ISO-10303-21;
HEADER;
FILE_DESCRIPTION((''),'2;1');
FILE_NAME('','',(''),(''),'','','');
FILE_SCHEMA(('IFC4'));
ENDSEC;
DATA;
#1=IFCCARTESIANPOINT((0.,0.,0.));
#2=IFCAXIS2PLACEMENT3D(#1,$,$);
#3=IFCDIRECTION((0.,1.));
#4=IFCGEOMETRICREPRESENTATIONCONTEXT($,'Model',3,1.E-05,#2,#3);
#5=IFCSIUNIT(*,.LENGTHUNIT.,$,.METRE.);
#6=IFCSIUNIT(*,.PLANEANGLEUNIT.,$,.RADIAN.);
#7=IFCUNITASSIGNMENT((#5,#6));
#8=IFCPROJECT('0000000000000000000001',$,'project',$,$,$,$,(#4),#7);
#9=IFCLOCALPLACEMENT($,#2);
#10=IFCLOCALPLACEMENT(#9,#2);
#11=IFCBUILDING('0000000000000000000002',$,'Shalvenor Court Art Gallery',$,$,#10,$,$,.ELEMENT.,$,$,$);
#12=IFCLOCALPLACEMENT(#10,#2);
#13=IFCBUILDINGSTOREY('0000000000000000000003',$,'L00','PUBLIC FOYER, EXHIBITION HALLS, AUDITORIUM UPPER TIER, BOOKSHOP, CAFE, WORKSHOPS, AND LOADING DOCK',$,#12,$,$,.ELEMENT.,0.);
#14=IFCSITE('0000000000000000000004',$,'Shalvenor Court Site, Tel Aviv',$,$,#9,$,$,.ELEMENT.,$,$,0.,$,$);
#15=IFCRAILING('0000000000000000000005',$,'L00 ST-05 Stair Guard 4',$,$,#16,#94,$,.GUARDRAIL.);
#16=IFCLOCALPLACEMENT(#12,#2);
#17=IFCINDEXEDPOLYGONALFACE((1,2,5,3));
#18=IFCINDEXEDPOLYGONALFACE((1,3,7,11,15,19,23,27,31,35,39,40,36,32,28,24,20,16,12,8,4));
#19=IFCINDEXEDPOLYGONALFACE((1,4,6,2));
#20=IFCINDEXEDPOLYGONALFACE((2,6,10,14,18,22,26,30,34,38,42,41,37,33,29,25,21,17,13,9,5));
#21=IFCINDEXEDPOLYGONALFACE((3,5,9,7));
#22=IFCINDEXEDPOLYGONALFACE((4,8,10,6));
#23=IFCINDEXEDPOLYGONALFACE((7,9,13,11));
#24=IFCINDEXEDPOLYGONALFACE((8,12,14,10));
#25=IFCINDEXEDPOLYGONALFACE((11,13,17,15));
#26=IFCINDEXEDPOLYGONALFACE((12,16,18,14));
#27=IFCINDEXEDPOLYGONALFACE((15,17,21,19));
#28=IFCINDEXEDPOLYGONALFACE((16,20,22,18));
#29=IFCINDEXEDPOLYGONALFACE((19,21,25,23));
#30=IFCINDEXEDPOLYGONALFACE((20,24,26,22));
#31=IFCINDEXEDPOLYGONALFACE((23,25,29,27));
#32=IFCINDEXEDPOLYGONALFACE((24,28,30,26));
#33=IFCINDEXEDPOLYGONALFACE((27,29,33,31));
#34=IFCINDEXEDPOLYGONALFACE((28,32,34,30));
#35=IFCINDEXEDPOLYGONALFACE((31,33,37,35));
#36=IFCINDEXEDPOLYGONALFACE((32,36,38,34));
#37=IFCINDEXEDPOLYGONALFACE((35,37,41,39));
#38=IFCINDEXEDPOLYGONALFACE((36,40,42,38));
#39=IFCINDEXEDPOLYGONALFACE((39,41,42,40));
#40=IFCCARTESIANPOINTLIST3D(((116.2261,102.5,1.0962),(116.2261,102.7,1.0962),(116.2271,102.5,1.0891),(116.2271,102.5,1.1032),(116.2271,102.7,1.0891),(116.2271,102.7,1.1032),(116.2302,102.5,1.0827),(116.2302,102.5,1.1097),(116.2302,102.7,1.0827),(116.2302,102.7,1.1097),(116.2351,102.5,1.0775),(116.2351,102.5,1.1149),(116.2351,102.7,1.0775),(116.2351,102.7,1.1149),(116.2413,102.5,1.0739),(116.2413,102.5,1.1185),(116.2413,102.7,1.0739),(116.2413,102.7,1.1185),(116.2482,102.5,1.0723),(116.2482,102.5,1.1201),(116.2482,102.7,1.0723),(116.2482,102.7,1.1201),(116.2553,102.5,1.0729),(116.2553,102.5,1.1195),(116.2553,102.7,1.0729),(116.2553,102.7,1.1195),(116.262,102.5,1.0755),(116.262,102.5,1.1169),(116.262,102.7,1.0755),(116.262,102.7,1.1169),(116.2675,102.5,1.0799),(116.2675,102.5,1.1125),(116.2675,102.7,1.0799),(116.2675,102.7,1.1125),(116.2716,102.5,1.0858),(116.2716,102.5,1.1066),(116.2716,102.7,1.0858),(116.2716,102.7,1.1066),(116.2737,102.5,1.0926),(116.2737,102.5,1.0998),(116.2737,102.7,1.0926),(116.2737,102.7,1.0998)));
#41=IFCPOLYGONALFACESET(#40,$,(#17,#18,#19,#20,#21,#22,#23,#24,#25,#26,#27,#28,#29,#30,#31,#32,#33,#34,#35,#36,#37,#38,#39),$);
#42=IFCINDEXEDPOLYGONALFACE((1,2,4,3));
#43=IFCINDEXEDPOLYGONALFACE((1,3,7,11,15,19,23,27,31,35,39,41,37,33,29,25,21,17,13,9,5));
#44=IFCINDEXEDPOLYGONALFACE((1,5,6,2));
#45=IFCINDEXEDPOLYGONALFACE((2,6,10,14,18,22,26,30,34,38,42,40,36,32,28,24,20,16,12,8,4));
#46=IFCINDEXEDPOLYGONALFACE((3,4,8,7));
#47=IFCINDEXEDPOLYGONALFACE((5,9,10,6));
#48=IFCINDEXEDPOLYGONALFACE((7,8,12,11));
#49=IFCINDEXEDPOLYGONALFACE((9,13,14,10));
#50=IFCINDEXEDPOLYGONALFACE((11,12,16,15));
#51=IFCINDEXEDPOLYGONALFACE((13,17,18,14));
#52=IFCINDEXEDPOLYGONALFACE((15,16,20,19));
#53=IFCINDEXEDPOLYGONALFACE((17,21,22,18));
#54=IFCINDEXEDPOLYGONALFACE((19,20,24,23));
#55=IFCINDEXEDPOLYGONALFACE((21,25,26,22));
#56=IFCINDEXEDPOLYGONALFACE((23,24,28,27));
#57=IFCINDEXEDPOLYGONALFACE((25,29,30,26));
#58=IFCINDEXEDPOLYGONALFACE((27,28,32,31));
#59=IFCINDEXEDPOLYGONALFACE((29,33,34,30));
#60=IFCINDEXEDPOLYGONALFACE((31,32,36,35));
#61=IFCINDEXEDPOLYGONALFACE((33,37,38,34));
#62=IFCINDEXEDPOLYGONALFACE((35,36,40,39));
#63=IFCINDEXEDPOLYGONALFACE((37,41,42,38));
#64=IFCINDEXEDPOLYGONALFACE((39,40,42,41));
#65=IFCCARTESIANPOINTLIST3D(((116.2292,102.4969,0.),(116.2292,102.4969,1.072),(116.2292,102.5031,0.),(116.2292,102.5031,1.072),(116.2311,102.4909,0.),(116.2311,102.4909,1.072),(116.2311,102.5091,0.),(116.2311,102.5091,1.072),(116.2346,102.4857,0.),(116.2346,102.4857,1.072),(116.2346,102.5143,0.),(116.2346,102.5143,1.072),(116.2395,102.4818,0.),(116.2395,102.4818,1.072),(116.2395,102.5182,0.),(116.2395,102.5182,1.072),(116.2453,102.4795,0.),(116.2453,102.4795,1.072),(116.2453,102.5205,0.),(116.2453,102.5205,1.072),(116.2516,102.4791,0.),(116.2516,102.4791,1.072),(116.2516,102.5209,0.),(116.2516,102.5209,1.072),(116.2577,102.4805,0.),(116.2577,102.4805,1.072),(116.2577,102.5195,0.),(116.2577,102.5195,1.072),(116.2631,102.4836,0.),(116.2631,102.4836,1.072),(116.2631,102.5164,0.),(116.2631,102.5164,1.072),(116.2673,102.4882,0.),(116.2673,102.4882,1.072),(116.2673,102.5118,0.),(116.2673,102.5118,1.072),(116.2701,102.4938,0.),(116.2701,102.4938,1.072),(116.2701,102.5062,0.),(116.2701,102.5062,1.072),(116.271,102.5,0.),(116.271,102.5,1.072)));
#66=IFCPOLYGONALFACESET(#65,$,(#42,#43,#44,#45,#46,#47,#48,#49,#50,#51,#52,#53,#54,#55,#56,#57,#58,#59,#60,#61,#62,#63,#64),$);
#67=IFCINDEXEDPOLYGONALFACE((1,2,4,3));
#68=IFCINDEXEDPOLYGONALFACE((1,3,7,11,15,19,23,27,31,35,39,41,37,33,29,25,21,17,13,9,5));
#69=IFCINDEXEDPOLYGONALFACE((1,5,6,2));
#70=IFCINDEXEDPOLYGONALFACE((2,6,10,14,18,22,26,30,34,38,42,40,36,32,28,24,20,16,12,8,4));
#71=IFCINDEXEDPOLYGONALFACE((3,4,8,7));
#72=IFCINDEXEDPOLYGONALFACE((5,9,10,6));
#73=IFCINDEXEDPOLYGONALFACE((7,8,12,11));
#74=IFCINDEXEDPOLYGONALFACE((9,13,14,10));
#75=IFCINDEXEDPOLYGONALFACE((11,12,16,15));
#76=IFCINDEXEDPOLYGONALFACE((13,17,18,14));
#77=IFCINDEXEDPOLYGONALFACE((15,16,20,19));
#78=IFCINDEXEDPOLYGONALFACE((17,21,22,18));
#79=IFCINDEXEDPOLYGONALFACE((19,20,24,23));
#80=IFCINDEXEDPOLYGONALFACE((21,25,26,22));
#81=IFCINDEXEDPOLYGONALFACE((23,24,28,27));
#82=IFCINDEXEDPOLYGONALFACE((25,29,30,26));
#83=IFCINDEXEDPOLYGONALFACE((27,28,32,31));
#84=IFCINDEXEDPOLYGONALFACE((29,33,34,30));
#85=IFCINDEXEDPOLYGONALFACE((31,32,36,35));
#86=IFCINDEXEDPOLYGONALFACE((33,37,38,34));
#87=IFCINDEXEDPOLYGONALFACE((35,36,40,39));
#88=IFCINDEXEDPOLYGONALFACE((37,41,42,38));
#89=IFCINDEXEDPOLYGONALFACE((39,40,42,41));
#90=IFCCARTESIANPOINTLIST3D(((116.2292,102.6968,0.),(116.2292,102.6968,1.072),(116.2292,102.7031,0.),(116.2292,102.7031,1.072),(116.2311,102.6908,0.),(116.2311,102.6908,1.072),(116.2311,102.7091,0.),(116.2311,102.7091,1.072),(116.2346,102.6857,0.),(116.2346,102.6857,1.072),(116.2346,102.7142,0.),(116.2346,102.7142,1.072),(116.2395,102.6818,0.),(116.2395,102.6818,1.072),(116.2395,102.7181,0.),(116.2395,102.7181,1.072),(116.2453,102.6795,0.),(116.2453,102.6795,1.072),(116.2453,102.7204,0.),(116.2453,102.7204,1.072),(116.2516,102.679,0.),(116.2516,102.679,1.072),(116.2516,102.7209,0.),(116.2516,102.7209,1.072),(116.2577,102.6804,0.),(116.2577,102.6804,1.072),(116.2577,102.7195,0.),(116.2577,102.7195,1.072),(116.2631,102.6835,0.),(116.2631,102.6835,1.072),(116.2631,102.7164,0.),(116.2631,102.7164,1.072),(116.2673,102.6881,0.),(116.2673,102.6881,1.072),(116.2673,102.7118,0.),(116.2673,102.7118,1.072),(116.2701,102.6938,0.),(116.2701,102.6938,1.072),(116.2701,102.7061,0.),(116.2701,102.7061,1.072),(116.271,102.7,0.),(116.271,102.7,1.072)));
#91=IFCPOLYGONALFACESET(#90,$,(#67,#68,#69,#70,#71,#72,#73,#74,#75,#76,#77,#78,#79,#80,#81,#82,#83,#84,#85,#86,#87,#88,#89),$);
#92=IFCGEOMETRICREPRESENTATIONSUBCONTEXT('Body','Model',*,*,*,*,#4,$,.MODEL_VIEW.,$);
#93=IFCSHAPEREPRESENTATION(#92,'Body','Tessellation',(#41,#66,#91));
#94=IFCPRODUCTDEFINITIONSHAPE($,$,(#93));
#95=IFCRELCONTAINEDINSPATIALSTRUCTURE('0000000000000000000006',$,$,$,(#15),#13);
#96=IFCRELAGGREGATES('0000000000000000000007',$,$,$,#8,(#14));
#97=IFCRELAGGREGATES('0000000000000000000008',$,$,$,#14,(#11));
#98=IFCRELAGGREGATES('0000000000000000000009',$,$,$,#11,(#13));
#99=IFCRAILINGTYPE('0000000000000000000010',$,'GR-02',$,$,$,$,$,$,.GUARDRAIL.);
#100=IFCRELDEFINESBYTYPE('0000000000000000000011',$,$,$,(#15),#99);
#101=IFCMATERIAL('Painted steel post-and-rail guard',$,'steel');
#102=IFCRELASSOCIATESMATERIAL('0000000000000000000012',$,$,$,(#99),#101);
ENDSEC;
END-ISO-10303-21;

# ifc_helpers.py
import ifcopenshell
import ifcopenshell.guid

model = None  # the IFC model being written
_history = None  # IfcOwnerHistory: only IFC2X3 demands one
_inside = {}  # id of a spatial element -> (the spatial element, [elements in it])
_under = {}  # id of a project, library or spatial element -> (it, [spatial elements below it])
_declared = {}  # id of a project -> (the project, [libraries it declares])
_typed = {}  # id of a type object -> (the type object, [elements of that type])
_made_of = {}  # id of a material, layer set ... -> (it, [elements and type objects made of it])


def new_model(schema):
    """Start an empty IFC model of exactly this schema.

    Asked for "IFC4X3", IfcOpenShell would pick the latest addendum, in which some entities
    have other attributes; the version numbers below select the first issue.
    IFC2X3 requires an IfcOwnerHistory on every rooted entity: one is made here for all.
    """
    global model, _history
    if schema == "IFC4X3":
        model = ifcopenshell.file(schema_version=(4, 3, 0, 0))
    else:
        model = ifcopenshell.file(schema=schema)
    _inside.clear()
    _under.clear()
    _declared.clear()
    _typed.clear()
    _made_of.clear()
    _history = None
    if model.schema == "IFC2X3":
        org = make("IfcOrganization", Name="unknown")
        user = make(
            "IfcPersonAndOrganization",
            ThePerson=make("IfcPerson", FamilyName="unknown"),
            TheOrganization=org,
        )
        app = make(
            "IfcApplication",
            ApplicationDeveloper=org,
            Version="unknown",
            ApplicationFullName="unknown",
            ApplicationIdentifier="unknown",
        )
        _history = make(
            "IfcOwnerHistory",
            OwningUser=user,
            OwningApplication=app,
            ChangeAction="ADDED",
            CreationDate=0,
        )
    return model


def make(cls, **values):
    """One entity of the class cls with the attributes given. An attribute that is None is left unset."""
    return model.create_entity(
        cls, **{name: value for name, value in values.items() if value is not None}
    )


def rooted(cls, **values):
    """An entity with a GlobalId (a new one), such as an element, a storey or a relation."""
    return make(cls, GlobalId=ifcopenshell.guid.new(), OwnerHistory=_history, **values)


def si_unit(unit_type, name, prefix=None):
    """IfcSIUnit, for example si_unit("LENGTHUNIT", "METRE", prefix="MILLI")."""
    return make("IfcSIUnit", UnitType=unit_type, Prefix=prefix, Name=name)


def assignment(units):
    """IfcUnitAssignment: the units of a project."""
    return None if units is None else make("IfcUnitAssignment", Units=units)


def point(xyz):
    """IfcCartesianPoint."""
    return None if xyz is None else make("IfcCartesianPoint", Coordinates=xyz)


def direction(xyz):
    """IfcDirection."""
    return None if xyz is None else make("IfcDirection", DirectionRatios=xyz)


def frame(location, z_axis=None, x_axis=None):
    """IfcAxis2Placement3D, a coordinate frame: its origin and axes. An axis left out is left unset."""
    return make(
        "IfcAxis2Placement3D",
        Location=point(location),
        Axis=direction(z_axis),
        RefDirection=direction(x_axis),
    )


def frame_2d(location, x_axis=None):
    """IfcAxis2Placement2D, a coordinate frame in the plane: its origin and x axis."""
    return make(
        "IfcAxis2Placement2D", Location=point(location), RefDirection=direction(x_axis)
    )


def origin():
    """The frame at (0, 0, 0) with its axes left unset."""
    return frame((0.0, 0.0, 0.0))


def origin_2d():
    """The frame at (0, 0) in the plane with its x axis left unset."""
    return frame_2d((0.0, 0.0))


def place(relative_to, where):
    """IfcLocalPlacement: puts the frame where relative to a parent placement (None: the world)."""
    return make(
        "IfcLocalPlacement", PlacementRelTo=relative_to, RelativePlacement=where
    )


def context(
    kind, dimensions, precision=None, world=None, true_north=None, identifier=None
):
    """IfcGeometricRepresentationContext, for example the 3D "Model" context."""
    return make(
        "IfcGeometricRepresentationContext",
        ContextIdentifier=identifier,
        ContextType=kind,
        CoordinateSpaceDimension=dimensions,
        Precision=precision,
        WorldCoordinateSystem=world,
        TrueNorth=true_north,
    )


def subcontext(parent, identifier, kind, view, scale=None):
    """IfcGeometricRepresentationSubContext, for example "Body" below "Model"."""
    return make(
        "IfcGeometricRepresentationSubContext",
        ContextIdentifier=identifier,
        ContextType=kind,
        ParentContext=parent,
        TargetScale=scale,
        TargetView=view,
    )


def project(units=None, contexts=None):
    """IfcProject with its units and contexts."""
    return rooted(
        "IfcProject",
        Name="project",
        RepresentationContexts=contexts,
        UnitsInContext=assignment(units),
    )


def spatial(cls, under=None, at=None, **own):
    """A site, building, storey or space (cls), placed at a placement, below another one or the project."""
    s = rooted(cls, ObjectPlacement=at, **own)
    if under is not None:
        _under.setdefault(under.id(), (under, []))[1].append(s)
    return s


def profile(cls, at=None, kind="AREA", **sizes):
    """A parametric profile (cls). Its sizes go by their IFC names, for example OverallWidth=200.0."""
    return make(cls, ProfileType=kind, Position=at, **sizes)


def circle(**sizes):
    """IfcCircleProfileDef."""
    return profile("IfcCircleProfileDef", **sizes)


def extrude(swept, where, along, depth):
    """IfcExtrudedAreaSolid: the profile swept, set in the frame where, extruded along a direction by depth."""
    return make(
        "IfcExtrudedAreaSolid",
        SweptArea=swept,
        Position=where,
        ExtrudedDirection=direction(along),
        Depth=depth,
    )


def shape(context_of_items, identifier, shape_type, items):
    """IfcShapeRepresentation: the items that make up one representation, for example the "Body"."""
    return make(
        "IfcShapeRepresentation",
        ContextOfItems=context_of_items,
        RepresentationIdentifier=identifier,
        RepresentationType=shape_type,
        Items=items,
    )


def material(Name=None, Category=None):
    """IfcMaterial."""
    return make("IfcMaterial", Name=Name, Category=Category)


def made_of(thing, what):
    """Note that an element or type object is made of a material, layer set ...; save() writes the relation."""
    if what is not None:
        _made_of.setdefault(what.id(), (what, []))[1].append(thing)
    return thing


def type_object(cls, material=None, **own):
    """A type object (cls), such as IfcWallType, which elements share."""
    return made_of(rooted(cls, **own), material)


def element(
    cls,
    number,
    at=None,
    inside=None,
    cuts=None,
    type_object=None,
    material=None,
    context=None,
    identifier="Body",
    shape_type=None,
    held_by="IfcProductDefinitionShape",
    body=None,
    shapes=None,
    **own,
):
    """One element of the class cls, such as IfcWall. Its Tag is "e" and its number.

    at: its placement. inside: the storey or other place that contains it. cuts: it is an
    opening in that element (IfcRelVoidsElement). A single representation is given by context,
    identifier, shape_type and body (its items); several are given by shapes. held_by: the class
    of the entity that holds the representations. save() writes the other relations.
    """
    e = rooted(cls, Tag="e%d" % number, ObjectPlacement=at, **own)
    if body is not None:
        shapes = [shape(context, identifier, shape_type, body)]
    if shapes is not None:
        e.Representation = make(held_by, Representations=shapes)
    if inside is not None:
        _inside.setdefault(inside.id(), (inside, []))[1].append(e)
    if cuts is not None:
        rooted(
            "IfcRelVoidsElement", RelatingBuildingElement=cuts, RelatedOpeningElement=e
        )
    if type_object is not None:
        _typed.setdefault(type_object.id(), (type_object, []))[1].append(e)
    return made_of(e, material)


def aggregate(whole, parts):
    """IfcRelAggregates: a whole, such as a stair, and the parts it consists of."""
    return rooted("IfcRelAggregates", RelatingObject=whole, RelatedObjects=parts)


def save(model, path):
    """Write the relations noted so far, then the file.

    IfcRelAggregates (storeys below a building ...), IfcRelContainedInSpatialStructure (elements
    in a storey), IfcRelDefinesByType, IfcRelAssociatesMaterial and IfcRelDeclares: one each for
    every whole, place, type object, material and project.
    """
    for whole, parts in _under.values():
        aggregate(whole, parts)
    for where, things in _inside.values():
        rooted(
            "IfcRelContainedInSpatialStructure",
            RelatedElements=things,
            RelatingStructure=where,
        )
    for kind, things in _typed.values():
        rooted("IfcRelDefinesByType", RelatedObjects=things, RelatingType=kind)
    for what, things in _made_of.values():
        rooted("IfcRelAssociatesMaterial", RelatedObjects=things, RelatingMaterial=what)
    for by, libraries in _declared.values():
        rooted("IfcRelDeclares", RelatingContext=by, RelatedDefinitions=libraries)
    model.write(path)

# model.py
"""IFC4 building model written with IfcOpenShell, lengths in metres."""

from ifc_helpers import new_model, si_unit, direction, frame, origin, origin_2d, place, context, subcontext, project, spatial, circle, extrude, material, type_object, element, save


model = new_model("IFC4")

# Units and contexts
model_context = context("Model", 3, precision=1e-05, world=origin(), true_north=direction((0.0, 1.0)))
body_context = subcontext(model_context, "Body", "Model", "MODEL_VIEW")
ifc_project = project(units=[si_unit("LENGTHUNIT", "METRE"), si_unit("PLANEANGLEUNIT", "RADIAN")], contexts=[model_context])

# Site, building, storey
site_placement = place(None, origin())
site = spatial("IfcSite", under=ifc_project, at=site_placement, Name="Shalvenor Court Site, Tel Aviv", CompositionType="ELEMENT", RefElevation=0.0)
building_placement = place(site_placement, origin())
building = spatial("IfcBuilding", under=site, at=building_placement, Name="Shalvenor Court Art Gallery", CompositionType="ELEMENT")
storey_placement = place(building_placement, origin())
storey = spatial("IfcBuildingStorey", under=building, at=storey_placement, Name="L00", Description="PUBLIC FOYER, EXHIBITION HALLS, AUDITORIUM UPPER TIER, BOOKSHOP, CAFE, WORKSHOPS, AND LOADING DOCK", CompositionType="ELEMENT", Elevation=0.0)

# Railing
ifc_material_1 = material(Name="Painted steel post-and-rail guard", Category="steel")
railing_type_1 = type_object("IfcRailingType", Name="GR-02", PredefinedType="GUARDRAIL", material=ifc_material_1)
railing_1_placement = place(storey_placement, frame((116.25, 102.5, 0.0)))
element("IfcRailing", 1, at=railing_1_placement, inside=storey, type_object=railing_type_1, Name="L00 ST-05 Stair Guard 4", PredefinedType="GUARDRAIL", context=body_context, shape_type="SweptSolid", body=[
    extrude(circle(Radius=0.0239, at=origin_2d()), frame((0.0, 0.0, 1.0962), z_axis=(0.0, 1.0, 0.0), x_axis=(-1.0, 0.0, 0.0)), (0.0, 0.0, 1.0), 0.2),
    extrude(circle(Radius=0.021, at=origin_2d()), origin(), (0.0, 0.0, 1.0), 1.072),
    extrude(circle(Radius=0.021, at=origin_2d()), frame((0.0, 0.2, 0.0)), (0.0, 0.0, 1.0), 1.072),
])

save(model, "model.ifc")
